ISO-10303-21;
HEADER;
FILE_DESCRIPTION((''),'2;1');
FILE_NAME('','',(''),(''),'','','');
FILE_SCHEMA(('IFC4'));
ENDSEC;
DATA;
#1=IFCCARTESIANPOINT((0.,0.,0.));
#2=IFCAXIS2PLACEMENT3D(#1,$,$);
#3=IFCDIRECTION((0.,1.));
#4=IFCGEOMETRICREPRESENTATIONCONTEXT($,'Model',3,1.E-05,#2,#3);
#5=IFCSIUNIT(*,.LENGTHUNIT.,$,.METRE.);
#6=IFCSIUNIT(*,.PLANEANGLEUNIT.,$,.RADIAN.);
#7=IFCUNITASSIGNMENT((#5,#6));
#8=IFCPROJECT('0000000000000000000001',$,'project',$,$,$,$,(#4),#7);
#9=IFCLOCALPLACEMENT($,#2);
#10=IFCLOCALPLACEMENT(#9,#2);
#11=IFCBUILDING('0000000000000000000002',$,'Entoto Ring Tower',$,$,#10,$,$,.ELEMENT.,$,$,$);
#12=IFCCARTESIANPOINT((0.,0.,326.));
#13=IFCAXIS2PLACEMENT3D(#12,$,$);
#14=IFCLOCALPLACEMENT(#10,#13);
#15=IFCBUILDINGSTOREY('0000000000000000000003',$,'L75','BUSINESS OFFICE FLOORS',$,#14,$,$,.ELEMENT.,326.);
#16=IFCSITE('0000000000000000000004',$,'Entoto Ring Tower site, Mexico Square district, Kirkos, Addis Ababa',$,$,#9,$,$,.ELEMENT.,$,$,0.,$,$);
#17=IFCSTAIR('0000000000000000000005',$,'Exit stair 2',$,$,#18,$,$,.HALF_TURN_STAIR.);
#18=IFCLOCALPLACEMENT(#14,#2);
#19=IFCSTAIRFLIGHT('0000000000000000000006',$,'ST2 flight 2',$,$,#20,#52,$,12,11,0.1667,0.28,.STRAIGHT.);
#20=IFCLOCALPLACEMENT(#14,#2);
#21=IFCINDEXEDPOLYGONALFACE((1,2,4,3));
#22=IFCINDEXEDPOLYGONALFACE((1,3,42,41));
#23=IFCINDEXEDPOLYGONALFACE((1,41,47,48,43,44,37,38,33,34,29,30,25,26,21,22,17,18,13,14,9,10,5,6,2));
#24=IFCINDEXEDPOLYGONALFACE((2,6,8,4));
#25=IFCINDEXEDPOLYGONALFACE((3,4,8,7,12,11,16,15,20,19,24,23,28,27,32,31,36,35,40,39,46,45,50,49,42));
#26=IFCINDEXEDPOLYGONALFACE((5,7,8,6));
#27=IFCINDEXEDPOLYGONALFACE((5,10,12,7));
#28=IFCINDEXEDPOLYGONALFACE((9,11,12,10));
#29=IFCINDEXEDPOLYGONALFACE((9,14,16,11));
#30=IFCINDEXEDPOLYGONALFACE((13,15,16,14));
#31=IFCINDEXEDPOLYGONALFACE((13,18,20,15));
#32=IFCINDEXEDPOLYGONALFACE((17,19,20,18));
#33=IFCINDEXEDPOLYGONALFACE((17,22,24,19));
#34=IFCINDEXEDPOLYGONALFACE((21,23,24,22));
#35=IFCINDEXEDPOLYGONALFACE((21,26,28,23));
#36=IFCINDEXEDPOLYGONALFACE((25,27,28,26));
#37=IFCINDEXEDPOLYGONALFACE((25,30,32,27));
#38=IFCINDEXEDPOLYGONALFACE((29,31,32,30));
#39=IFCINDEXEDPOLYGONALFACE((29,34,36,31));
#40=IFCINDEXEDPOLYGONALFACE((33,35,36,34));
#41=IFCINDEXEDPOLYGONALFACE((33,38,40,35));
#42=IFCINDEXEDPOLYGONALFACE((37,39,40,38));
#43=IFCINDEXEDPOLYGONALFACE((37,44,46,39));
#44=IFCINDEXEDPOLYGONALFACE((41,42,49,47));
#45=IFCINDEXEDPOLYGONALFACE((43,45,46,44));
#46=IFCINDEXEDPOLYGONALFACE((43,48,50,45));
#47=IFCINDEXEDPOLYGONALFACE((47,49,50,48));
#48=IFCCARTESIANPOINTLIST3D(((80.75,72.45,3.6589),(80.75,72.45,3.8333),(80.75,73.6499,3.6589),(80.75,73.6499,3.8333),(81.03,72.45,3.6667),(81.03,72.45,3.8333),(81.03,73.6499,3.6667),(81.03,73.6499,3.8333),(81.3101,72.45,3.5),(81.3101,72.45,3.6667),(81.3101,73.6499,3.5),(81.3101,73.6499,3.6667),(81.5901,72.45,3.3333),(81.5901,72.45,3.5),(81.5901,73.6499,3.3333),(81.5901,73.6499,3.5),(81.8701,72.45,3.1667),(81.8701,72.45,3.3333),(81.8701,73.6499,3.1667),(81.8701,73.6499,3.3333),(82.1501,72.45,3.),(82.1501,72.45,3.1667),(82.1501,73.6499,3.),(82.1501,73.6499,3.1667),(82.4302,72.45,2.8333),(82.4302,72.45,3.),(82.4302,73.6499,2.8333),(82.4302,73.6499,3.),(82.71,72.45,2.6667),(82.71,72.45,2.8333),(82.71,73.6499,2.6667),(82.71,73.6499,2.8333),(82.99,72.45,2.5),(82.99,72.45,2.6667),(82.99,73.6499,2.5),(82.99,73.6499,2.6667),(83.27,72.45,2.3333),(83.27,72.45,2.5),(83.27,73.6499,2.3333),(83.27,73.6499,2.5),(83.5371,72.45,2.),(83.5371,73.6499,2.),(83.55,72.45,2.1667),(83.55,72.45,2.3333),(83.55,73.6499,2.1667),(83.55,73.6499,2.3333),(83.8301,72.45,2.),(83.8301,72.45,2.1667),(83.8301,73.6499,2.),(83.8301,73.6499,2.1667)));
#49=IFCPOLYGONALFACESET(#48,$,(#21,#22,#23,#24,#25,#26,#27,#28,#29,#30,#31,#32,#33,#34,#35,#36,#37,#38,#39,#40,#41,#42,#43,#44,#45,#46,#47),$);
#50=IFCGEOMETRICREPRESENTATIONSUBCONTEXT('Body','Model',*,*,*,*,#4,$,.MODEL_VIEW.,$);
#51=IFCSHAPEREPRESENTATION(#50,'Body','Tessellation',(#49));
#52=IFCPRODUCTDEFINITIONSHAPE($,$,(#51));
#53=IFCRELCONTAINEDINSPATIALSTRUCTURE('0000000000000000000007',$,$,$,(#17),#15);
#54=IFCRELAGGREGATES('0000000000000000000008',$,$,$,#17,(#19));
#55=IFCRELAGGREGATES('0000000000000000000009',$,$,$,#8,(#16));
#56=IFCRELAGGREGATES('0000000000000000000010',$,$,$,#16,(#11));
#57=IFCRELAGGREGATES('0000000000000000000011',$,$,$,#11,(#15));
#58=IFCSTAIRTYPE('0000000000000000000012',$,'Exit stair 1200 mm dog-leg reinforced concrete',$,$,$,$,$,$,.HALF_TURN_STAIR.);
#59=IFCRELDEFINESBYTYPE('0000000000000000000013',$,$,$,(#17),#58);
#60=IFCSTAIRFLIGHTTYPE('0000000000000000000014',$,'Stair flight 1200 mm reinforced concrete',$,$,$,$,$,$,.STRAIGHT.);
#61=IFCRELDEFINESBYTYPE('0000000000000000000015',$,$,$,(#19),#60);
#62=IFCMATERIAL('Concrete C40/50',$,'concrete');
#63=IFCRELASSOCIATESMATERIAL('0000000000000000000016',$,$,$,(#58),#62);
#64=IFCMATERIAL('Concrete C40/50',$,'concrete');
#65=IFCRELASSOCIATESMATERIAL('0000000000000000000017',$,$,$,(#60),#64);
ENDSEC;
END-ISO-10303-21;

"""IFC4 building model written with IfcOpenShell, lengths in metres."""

from ifc_helpers import new_model, si_unit, direction, frame, origin, place, context, subcontext, project, spatial, polyline, outline, extrude, material, type_object, element, aggregate, save


model = new_model("IFC4")

# Units and contexts
model_context = context("Model", 3, precision=1e-05, world=origin(), true_north=direction((0.0, 1.0)))
body_context = subcontext(model_context, "Body", "Model", "MODEL_VIEW")
ifc_project = project(units=[si_unit("LENGTHUNIT", "METRE"), si_unit("PLANEANGLEUNIT", "RADIAN")], contexts=[model_context])

# Site, building, storey
site_placement = place(None, origin())
site = spatial("IfcSite", under=ifc_project, at=site_placement, Name="Entoto Ring Tower site, Mexico Square district, Kirkos, Addis Ababa", CompositionType="ELEMENT", RefElevation=0.0)
building_placement = place(site_placement, origin())
building = spatial("IfcBuilding", under=site, at=building_placement, Name="Entoto Ring Tower", CompositionType="ELEMENT")
storey_placement = place(building_placement, frame((0.0, 0.0, 326.0)))
storey = spatial("IfcBuildingStorey", under=building, at=storey_placement, Name="L75", Description="BUSINESS OFFICE FLOORS", CompositionType="ELEMENT", Elevation=326.0)

# Stair, stair flight
ifc_material_1 = material(Name="Concrete C40/50", Category="concrete")
stair_type = type_object("IfcStairType", Name="Exit stair 1200 mm dog-leg reinforced concrete", PredefinedType="HALF_TURN_STAIR", material=ifc_material_1)
stair_placement = place(storey_placement, origin())
stair = element("IfcStair", 1, at=stair_placement, inside=storey, type_object=stair_type, Name="Exit stair 2", PredefinedType="HALF_TURN_STAIR")
ifc_material_2 = material(Name="Concrete C40/50", Category="concrete")
stair_flight_type = type_object("IfcStairFlightType", Name="Stair flight 1200 mm reinforced concrete", PredefinedType="STRAIGHT", material=ifc_material_2)
stair_flight_1_placement = place(storey_placement, frame((83.8301, 73.05, 2.0), z_axis=(0.0, 0.0, 1.0), x_axis=(-1.0, 0.0, 0.0)))
stair_flight_1 = element("IfcStairFlight", 2, at=stair_flight_1_placement, type_object=stair_flight_type, Name="ST2 flight 2", NumberOfRisers=12, NumberOfTreads=11, PredefinedType="STRAIGHT", RiserHeight=0.1667, TreadLength=0.28, context=body_context, shape_type="SweptSolid", body=[
    extrude(outline(polyline([(0.0, 0.0), (0.0, 0.1667), (0.28, 0.1667), (0.28, 0.3333), (0.5601, 0.3333), (0.5601, 0.5), (0.8401, 0.5), (0.8401, 0.6667), (1.1201, 0.6667), (1.1201, 0.8333), (1.3999, 0.8333), (1.3999, 1.0), (1.6799, 1.0), (1.6799, 1.1667), (1.96, 1.1667), (1.96, 1.3333), (2.24, 1.3333), (2.24, 1.5), (2.52, 1.5), (2.52, 1.6667), (2.8, 1.6667), (2.8, 1.8333), (3.0801, 1.8333), (3.0801, 2.0), (3.0801, 1.6589), (0.293, 0.0), (0.0, 0.0)])), frame((0.0, 0.6001, 0.0), z_axis=(0.0, -1.0, 0.0), x_axis=(1.0, 0.0, 0.0)), (0.0, 0.0, 1.0), 1.2),
])
aggregate(stair, [stair_flight_1])

save(model, "model.ifc")
